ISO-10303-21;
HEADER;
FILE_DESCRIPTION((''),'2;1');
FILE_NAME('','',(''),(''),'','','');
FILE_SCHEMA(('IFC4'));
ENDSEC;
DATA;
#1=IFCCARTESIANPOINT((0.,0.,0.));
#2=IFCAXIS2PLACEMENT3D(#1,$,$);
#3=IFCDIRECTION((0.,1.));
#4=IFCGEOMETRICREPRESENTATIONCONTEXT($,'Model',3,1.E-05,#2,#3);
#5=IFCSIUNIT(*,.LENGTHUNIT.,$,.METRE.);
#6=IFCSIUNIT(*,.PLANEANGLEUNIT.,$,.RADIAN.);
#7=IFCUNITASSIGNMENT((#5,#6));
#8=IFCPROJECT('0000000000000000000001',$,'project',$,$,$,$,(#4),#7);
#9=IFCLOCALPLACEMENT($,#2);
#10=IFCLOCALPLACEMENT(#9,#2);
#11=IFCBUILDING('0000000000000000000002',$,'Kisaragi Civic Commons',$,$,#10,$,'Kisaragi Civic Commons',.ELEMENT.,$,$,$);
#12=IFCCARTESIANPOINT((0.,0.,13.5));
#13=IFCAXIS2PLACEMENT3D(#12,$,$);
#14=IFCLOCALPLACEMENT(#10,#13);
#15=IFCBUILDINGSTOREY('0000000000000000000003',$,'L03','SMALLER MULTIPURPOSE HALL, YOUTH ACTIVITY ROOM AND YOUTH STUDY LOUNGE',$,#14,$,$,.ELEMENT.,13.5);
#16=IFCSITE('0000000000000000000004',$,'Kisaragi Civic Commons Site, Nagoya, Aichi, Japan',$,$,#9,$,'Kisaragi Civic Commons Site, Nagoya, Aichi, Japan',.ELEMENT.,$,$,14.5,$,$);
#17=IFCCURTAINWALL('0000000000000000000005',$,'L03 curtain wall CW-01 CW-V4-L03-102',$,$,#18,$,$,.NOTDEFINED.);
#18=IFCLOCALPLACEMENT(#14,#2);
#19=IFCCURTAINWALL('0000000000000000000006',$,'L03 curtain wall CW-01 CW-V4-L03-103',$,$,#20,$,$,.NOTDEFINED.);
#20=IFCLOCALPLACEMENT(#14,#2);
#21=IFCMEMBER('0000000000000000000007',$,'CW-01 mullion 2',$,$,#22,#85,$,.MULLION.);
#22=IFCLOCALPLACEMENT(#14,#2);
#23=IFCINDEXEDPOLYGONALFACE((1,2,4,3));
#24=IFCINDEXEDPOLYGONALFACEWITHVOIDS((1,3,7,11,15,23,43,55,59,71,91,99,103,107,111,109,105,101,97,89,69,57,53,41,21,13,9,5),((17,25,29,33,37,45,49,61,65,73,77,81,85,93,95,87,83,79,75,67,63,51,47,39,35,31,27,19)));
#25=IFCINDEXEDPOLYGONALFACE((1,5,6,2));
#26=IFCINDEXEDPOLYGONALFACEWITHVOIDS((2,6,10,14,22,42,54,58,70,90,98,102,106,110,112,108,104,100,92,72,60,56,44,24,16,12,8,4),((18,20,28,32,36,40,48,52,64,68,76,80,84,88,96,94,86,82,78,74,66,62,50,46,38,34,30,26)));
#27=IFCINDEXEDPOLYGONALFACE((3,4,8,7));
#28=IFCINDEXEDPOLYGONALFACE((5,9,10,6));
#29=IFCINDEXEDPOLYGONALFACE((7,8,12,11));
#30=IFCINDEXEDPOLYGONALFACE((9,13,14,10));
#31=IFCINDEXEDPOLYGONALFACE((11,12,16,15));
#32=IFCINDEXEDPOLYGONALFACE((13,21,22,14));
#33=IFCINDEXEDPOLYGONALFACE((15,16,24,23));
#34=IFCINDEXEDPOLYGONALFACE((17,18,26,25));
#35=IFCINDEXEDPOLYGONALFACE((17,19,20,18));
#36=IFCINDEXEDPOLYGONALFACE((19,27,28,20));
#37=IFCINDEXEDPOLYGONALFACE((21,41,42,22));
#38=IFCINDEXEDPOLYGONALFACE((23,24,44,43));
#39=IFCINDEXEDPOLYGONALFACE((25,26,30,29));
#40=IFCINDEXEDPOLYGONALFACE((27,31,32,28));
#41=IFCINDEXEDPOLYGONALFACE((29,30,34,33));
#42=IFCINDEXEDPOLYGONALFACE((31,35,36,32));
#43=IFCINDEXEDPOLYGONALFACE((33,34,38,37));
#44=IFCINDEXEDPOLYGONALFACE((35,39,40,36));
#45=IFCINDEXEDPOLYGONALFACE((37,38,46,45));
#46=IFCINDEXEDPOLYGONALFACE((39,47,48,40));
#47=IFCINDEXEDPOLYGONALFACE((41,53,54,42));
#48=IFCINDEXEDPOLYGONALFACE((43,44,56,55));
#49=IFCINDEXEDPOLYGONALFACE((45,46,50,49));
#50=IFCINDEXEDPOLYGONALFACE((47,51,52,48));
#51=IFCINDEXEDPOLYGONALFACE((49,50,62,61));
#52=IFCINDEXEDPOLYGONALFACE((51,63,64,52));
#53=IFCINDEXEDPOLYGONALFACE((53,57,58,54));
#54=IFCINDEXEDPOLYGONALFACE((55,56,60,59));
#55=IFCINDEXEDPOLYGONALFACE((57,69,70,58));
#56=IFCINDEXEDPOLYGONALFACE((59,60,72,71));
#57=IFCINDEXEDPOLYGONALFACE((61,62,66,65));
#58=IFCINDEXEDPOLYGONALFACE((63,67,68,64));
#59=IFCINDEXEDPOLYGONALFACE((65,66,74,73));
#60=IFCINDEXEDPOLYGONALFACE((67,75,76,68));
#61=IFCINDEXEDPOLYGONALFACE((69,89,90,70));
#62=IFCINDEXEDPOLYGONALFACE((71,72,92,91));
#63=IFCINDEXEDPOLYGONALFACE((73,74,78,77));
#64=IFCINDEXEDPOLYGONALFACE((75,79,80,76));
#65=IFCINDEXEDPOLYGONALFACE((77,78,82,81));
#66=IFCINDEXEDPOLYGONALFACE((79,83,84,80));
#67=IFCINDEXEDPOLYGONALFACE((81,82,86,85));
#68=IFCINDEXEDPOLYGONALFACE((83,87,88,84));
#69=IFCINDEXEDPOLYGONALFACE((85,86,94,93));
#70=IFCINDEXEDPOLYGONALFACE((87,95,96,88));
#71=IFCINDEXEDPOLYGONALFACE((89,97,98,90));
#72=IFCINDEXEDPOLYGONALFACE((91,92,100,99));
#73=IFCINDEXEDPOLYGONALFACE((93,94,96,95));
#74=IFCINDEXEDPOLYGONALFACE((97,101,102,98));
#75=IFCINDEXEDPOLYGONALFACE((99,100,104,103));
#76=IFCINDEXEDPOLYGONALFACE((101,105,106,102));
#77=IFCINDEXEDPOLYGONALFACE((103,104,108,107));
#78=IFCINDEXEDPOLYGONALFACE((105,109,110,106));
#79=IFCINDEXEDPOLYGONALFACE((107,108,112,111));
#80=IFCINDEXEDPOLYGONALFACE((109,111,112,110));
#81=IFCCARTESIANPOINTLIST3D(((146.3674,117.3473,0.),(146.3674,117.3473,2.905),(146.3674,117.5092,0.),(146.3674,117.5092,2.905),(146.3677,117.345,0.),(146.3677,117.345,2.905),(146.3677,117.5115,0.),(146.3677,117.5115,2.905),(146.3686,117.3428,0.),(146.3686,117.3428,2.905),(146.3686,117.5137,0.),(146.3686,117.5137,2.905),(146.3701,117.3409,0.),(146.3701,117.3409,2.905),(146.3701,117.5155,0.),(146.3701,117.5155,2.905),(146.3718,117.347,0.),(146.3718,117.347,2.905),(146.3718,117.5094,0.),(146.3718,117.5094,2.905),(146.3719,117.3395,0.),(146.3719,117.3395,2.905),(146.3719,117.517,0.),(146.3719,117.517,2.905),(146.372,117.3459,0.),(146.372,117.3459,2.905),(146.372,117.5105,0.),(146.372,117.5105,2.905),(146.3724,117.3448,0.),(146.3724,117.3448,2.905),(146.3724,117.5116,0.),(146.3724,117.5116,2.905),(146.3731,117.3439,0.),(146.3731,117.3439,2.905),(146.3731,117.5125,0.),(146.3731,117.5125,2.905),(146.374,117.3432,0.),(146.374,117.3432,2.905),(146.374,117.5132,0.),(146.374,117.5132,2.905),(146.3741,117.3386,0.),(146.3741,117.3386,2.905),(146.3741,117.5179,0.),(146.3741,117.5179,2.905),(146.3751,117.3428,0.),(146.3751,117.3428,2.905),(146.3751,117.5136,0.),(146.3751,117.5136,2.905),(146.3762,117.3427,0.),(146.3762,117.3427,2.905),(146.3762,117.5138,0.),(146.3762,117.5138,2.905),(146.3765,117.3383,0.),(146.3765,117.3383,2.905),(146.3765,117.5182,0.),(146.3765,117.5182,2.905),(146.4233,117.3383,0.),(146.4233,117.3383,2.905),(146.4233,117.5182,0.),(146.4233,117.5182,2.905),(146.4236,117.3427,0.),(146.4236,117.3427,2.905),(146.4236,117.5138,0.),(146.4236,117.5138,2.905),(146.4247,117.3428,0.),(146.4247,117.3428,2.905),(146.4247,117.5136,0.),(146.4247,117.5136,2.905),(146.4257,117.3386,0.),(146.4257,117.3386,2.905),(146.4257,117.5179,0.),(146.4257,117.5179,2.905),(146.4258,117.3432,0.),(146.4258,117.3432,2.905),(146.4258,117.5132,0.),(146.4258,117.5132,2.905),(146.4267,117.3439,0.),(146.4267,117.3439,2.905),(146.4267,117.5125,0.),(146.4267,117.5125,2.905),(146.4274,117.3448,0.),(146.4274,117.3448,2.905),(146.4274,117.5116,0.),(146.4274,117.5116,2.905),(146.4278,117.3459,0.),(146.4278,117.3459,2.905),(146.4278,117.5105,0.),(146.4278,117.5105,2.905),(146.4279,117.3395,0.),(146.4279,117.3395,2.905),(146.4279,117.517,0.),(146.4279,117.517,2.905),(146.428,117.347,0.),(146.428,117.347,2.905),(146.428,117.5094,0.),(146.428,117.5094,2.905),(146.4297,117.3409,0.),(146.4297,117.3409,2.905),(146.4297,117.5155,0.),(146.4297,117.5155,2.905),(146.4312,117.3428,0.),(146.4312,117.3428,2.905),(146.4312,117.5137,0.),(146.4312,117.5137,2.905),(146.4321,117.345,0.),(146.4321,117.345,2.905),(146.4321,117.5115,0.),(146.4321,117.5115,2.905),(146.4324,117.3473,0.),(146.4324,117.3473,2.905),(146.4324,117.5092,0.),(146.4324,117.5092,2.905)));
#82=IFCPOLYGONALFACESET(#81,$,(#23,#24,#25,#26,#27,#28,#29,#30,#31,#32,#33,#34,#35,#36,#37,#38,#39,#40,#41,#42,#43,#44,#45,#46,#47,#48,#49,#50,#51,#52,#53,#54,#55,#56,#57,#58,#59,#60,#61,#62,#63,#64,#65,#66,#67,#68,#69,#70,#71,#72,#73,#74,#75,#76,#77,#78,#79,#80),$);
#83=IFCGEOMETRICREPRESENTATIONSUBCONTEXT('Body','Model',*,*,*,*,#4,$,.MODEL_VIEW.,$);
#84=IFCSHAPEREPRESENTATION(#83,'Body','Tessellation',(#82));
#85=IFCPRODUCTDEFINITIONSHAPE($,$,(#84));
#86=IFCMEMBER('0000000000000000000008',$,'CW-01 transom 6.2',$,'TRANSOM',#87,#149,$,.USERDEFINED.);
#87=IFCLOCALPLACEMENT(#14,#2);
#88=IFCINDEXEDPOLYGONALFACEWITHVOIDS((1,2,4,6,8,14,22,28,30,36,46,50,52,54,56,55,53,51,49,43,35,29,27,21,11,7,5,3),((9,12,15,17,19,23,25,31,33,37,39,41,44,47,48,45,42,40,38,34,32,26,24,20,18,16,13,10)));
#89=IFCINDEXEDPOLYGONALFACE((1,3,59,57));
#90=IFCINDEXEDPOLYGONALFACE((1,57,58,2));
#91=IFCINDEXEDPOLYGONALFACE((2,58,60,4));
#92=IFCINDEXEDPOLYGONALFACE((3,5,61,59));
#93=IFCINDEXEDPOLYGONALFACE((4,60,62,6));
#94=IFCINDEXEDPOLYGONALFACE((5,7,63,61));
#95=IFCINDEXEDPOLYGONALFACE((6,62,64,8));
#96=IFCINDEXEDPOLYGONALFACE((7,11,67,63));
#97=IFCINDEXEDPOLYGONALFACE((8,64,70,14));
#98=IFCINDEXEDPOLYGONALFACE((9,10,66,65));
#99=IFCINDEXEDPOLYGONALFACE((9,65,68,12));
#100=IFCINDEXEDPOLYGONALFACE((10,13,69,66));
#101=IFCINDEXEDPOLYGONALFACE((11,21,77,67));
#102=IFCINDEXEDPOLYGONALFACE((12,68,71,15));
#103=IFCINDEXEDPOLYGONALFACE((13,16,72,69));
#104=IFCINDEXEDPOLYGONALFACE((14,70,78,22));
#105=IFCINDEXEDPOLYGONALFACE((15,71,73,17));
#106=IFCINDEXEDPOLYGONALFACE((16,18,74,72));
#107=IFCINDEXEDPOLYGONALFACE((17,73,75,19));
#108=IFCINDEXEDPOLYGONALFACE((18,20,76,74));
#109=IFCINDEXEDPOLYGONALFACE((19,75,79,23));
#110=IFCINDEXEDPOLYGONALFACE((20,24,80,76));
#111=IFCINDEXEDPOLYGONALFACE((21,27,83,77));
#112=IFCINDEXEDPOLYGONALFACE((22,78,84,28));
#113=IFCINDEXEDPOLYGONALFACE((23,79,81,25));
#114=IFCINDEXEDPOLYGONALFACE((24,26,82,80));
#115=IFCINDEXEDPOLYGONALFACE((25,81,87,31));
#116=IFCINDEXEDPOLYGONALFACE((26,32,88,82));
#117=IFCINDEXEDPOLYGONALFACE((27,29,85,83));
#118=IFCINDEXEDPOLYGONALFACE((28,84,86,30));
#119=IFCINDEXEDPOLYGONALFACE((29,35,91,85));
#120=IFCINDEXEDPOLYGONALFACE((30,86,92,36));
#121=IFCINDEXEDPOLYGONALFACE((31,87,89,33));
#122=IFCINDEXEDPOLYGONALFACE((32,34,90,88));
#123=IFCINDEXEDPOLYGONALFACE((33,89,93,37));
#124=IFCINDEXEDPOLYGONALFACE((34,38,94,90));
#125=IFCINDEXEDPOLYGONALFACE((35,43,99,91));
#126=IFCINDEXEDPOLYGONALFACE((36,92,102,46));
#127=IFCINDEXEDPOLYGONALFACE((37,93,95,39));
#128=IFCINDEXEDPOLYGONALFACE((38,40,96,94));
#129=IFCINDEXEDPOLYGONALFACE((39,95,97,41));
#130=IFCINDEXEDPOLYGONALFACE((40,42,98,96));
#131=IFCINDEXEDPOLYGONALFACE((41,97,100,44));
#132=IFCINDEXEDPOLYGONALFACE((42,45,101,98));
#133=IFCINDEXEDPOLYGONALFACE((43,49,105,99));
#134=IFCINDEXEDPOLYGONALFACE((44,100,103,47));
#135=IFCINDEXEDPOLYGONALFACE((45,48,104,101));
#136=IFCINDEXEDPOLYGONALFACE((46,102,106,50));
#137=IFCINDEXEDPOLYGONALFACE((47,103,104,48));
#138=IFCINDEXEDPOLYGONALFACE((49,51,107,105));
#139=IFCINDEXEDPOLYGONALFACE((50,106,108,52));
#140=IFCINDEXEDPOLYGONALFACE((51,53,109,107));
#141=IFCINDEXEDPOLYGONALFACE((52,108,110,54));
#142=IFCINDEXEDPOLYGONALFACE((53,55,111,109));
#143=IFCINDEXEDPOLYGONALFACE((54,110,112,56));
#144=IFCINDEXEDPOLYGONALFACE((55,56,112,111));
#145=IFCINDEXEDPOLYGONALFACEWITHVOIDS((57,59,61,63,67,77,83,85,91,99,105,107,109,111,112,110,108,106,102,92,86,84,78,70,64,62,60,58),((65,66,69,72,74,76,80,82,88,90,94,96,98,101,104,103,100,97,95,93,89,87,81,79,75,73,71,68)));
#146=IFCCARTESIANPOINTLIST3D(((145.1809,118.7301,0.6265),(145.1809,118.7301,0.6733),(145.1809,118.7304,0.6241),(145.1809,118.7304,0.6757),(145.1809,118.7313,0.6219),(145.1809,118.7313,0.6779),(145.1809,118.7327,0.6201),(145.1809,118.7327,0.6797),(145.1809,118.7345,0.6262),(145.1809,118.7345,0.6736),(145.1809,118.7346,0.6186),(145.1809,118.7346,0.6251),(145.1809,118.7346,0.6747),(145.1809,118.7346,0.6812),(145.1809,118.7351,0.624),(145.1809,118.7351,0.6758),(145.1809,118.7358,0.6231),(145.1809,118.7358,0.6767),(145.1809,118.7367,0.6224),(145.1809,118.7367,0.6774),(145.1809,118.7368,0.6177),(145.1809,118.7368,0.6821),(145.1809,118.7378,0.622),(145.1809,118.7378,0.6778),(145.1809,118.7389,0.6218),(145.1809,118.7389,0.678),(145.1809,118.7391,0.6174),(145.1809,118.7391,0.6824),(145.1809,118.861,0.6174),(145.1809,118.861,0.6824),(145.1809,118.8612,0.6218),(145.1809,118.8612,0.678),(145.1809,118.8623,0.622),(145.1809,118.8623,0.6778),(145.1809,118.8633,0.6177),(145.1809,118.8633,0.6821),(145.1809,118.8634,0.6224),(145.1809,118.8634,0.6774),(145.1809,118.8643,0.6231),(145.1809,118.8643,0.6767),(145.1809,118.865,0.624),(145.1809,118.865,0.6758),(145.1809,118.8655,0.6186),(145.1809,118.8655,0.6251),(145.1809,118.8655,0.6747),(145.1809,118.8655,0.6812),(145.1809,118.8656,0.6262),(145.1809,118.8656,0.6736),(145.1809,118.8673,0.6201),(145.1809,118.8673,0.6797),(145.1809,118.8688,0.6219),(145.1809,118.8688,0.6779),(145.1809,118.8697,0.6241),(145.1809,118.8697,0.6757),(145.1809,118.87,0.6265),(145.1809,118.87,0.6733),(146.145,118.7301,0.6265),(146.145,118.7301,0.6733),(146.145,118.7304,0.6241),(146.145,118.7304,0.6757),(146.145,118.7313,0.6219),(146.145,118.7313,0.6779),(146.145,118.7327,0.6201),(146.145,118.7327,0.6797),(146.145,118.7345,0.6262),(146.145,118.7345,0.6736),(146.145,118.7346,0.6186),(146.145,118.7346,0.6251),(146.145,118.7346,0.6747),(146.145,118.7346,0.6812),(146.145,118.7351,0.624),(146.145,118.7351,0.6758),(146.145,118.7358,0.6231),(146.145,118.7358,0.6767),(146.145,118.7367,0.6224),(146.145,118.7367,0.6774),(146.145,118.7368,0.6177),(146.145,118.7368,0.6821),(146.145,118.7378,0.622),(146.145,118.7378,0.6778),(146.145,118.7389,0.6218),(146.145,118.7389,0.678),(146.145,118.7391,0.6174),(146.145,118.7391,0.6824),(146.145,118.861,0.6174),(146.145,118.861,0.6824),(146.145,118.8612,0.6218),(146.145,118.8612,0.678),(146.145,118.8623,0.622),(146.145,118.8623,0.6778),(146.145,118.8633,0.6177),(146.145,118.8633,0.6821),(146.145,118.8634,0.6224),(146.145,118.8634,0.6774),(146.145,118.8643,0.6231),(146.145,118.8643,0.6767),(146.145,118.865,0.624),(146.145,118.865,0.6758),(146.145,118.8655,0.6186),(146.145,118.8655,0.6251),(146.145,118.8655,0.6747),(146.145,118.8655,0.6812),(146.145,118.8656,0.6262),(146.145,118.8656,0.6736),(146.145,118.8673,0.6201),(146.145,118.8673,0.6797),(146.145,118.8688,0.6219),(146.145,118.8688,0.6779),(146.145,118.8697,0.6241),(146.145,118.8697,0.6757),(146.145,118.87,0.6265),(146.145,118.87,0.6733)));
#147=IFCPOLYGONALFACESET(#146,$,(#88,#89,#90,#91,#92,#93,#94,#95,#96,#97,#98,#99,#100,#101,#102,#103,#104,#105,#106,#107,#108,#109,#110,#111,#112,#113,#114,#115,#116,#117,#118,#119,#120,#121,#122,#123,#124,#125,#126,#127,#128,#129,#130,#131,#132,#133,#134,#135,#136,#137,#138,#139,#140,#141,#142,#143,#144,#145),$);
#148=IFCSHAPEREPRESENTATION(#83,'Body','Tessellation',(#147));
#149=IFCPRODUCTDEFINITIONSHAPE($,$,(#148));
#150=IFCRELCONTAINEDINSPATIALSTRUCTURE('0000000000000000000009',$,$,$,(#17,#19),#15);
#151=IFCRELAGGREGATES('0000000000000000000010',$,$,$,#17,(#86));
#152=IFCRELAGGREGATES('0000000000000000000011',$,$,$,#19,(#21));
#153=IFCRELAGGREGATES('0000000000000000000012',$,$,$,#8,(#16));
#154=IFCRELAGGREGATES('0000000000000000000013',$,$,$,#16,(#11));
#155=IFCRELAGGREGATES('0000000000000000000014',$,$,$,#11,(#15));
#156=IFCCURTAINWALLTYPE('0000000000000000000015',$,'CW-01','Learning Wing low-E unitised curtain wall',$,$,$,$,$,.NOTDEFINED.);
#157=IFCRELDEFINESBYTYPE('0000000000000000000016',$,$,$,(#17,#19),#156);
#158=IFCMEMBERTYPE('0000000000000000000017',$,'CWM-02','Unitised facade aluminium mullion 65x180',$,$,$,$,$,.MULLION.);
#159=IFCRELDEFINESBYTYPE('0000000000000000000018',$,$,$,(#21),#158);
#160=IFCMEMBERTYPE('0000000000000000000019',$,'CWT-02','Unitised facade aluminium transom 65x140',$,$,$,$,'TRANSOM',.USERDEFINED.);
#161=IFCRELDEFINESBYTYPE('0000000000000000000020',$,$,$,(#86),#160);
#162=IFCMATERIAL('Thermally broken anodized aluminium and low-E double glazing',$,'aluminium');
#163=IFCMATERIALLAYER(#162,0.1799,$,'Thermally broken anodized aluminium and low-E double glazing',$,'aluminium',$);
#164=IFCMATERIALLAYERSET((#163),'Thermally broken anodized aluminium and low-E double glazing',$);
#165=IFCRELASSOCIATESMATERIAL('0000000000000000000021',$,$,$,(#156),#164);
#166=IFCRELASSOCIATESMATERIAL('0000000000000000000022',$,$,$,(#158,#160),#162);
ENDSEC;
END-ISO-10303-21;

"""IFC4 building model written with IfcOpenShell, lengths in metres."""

from ifc_helpers import new_model, si_unit, direction, frame, origin, origin_2d, place, context, subcontext, project, spatial, hollow_rectangle, extrude, material, layer, layer_set, material_profile, profile_set, type_object, element, aggregate, save


model = new_model("IFC4")

# Units and contexts
model_context = context("Model", 3, precision=1e-05, world=origin(), true_north=direction((0.0, 1.0)))
body_context = subcontext(model_context, "Body", "Model", "MODEL_VIEW")
ifc_project = project(units=[si_unit("LENGTHUNIT", "METRE"), si_unit("PLANEANGLEUNIT", "RADIAN")], contexts=[model_context])

# Site, building, storey
site_placement = place(None, origin())
site = spatial("IfcSite", under=ifc_project, at=site_placement, Name="Kisaragi Civic Commons Site, Nagoya, Aichi, Japan", LongName="Kisaragi Civic Commons Site, Nagoya, Aichi, Japan", CompositionType="ELEMENT", RefElevation=14.5)
building_placement = place(site_placement, origin())
building = spatial("IfcBuilding", under=site, at=building_placement, Name="Kisaragi Civic Commons", LongName="Kisaragi Civic Commons", CompositionType="ELEMENT")
storey_placement = place(building_placement, frame((0.0, 0.0, 13.5)))
storey = spatial("IfcBuildingStorey", under=building, at=storey_placement, Name="L03", Description="SMALLER MULTIPURPOSE HALL, YOUTH ACTIVITY ROOM AND YOUTH STUDY LOUNGE", CompositionType="ELEMENT", Elevation=13.5)

# Curtain wall
ifc_material_1 = material(Name="Thermally broken anodized aluminium and low-E double glazing", Category="aluminium")
ifc_layer_1 = layer(ifc_material_1, 0.1799, Name="Thermally broken anodized aluminium and low-E double glazing", Category="aluminium")
ifc_layer_set_1 = layer_set([ifc_layer_1], Name="Thermally broken anodized aluminium and low-E double glazing")
curtain_wall_type = type_object("IfcCurtainWallType", Name="CW-01", Description="Learning Wing low-E unitised curtain wall", PredefinedType="NOTDEFINED", material=ifc_layer_set_1)
curtain_wall_1_placement = place(storey_placement, origin())
curtain_wall_1 = element("IfcCurtainWall", 1, at=curtain_wall_1_placement, inside=storey, type_object=curtain_wall_type, Name="L03 curtain wall CW-01 CW-V4-L03-102", PredefinedType="NOTDEFINED")
ifc_material_profile_1 = material_profile(ifc_material_1, hollow_rectangle(XDim=0.0649, YDim=0.1799, WallThickness=0.0044, InnerFilletRadius=0.0044, OuterFilletRadius=0.009, at=origin_2d()), Name="CWM-65x180x4.5", Category="aluminium")
ifc_profile_set_1 = profile_set([ifc_material_profile_1], Name="Thermally broken anodized aluminium and low-E double glazing")
member_type_1 = type_object("IfcMemberType", Name="CWM-02", Description="Unitised facade aluminium mullion 65x180", PredefinedType="MULLION", material=ifc_profile_set_1)

# Curtain wall, member
curtain_wall_2_placement = place(storey_placement, origin())
curtain_wall_2 = element("IfcCurtainWall", 2, at=curtain_wall_2_placement, inside=storey, type_object=curtain_wall_type, Name="L03 curtain wall CW-01 CW-V4-L03-103", PredefinedType="NOTDEFINED")
member_1_placement = place(storey_placement, frame((146.3999, 117.4282, 0.0), z_axis=(0.0, 0.0, 1.0), x_axis=(1.0, 0.0, 0.0)))
member_1 = element("IfcMember", 3, at=member_1_placement, type_object=member_type_1, Name="CW-01 mullion 2", PredefinedType="MULLION", context=body_context, shape_type="SweptSolid", body=[
    extrude(hollow_rectangle(XDim=0.0649, YDim=0.1799, WallThickness=0.0044, InnerFilletRadius=0.0044, OuterFilletRadius=0.009, at=origin_2d()), origin(), (0.0, 0.0, 1.0), 2.905),
])

# Member
ifc_material_profile_2 = material_profile(ifc_material_1, hollow_rectangle(XDim=0.1399, YDim=0.0649, WallThickness=0.0044, InnerFilletRadius=0.0044, OuterFilletRadius=0.009, at=origin_2d()), Name="CWT-65x140x4.5", Category="aluminium")
ifc_profile_set_2 = profile_set([ifc_material_profile_2], Name="Thermally broken anodized aluminium and low-E double glazing")
member_type_2 = type_object("IfcMemberType", Name="CWT-02", Description="Unitised facade aluminium transom 65x140", ElementType="TRANSOM", PredefinedType="USERDEFINED", material=ifc_profile_set_2)
member_2_placement = place(storey_placement, frame((145.1809, 118.8, 0.6499), z_axis=(1.0, 0.0, 0.0), x_axis=(0.0, 1.0, 0.0)))
member_2 = element("IfcMember", 4, at=member_2_placement, type_object=member_type_2, Name="CW-01 transom 6.2", ObjectType="TRANSOM", PredefinedType="USERDEFINED", context=body_context, shape_type="SweptSolid", body=[
    extrude(hollow_rectangle(XDim=0.1399, YDim=0.0649, WallThickness=0.0044, InnerFilletRadius=0.0044, OuterFilletRadius=0.009, at=origin_2d()), origin(), (0.0, 0.0, 1.0), 0.9641),
])

aggregate(curtain_wall_1, [member_2])
aggregate(curtain_wall_2, [member_1])

save(model, "model.ifc")
